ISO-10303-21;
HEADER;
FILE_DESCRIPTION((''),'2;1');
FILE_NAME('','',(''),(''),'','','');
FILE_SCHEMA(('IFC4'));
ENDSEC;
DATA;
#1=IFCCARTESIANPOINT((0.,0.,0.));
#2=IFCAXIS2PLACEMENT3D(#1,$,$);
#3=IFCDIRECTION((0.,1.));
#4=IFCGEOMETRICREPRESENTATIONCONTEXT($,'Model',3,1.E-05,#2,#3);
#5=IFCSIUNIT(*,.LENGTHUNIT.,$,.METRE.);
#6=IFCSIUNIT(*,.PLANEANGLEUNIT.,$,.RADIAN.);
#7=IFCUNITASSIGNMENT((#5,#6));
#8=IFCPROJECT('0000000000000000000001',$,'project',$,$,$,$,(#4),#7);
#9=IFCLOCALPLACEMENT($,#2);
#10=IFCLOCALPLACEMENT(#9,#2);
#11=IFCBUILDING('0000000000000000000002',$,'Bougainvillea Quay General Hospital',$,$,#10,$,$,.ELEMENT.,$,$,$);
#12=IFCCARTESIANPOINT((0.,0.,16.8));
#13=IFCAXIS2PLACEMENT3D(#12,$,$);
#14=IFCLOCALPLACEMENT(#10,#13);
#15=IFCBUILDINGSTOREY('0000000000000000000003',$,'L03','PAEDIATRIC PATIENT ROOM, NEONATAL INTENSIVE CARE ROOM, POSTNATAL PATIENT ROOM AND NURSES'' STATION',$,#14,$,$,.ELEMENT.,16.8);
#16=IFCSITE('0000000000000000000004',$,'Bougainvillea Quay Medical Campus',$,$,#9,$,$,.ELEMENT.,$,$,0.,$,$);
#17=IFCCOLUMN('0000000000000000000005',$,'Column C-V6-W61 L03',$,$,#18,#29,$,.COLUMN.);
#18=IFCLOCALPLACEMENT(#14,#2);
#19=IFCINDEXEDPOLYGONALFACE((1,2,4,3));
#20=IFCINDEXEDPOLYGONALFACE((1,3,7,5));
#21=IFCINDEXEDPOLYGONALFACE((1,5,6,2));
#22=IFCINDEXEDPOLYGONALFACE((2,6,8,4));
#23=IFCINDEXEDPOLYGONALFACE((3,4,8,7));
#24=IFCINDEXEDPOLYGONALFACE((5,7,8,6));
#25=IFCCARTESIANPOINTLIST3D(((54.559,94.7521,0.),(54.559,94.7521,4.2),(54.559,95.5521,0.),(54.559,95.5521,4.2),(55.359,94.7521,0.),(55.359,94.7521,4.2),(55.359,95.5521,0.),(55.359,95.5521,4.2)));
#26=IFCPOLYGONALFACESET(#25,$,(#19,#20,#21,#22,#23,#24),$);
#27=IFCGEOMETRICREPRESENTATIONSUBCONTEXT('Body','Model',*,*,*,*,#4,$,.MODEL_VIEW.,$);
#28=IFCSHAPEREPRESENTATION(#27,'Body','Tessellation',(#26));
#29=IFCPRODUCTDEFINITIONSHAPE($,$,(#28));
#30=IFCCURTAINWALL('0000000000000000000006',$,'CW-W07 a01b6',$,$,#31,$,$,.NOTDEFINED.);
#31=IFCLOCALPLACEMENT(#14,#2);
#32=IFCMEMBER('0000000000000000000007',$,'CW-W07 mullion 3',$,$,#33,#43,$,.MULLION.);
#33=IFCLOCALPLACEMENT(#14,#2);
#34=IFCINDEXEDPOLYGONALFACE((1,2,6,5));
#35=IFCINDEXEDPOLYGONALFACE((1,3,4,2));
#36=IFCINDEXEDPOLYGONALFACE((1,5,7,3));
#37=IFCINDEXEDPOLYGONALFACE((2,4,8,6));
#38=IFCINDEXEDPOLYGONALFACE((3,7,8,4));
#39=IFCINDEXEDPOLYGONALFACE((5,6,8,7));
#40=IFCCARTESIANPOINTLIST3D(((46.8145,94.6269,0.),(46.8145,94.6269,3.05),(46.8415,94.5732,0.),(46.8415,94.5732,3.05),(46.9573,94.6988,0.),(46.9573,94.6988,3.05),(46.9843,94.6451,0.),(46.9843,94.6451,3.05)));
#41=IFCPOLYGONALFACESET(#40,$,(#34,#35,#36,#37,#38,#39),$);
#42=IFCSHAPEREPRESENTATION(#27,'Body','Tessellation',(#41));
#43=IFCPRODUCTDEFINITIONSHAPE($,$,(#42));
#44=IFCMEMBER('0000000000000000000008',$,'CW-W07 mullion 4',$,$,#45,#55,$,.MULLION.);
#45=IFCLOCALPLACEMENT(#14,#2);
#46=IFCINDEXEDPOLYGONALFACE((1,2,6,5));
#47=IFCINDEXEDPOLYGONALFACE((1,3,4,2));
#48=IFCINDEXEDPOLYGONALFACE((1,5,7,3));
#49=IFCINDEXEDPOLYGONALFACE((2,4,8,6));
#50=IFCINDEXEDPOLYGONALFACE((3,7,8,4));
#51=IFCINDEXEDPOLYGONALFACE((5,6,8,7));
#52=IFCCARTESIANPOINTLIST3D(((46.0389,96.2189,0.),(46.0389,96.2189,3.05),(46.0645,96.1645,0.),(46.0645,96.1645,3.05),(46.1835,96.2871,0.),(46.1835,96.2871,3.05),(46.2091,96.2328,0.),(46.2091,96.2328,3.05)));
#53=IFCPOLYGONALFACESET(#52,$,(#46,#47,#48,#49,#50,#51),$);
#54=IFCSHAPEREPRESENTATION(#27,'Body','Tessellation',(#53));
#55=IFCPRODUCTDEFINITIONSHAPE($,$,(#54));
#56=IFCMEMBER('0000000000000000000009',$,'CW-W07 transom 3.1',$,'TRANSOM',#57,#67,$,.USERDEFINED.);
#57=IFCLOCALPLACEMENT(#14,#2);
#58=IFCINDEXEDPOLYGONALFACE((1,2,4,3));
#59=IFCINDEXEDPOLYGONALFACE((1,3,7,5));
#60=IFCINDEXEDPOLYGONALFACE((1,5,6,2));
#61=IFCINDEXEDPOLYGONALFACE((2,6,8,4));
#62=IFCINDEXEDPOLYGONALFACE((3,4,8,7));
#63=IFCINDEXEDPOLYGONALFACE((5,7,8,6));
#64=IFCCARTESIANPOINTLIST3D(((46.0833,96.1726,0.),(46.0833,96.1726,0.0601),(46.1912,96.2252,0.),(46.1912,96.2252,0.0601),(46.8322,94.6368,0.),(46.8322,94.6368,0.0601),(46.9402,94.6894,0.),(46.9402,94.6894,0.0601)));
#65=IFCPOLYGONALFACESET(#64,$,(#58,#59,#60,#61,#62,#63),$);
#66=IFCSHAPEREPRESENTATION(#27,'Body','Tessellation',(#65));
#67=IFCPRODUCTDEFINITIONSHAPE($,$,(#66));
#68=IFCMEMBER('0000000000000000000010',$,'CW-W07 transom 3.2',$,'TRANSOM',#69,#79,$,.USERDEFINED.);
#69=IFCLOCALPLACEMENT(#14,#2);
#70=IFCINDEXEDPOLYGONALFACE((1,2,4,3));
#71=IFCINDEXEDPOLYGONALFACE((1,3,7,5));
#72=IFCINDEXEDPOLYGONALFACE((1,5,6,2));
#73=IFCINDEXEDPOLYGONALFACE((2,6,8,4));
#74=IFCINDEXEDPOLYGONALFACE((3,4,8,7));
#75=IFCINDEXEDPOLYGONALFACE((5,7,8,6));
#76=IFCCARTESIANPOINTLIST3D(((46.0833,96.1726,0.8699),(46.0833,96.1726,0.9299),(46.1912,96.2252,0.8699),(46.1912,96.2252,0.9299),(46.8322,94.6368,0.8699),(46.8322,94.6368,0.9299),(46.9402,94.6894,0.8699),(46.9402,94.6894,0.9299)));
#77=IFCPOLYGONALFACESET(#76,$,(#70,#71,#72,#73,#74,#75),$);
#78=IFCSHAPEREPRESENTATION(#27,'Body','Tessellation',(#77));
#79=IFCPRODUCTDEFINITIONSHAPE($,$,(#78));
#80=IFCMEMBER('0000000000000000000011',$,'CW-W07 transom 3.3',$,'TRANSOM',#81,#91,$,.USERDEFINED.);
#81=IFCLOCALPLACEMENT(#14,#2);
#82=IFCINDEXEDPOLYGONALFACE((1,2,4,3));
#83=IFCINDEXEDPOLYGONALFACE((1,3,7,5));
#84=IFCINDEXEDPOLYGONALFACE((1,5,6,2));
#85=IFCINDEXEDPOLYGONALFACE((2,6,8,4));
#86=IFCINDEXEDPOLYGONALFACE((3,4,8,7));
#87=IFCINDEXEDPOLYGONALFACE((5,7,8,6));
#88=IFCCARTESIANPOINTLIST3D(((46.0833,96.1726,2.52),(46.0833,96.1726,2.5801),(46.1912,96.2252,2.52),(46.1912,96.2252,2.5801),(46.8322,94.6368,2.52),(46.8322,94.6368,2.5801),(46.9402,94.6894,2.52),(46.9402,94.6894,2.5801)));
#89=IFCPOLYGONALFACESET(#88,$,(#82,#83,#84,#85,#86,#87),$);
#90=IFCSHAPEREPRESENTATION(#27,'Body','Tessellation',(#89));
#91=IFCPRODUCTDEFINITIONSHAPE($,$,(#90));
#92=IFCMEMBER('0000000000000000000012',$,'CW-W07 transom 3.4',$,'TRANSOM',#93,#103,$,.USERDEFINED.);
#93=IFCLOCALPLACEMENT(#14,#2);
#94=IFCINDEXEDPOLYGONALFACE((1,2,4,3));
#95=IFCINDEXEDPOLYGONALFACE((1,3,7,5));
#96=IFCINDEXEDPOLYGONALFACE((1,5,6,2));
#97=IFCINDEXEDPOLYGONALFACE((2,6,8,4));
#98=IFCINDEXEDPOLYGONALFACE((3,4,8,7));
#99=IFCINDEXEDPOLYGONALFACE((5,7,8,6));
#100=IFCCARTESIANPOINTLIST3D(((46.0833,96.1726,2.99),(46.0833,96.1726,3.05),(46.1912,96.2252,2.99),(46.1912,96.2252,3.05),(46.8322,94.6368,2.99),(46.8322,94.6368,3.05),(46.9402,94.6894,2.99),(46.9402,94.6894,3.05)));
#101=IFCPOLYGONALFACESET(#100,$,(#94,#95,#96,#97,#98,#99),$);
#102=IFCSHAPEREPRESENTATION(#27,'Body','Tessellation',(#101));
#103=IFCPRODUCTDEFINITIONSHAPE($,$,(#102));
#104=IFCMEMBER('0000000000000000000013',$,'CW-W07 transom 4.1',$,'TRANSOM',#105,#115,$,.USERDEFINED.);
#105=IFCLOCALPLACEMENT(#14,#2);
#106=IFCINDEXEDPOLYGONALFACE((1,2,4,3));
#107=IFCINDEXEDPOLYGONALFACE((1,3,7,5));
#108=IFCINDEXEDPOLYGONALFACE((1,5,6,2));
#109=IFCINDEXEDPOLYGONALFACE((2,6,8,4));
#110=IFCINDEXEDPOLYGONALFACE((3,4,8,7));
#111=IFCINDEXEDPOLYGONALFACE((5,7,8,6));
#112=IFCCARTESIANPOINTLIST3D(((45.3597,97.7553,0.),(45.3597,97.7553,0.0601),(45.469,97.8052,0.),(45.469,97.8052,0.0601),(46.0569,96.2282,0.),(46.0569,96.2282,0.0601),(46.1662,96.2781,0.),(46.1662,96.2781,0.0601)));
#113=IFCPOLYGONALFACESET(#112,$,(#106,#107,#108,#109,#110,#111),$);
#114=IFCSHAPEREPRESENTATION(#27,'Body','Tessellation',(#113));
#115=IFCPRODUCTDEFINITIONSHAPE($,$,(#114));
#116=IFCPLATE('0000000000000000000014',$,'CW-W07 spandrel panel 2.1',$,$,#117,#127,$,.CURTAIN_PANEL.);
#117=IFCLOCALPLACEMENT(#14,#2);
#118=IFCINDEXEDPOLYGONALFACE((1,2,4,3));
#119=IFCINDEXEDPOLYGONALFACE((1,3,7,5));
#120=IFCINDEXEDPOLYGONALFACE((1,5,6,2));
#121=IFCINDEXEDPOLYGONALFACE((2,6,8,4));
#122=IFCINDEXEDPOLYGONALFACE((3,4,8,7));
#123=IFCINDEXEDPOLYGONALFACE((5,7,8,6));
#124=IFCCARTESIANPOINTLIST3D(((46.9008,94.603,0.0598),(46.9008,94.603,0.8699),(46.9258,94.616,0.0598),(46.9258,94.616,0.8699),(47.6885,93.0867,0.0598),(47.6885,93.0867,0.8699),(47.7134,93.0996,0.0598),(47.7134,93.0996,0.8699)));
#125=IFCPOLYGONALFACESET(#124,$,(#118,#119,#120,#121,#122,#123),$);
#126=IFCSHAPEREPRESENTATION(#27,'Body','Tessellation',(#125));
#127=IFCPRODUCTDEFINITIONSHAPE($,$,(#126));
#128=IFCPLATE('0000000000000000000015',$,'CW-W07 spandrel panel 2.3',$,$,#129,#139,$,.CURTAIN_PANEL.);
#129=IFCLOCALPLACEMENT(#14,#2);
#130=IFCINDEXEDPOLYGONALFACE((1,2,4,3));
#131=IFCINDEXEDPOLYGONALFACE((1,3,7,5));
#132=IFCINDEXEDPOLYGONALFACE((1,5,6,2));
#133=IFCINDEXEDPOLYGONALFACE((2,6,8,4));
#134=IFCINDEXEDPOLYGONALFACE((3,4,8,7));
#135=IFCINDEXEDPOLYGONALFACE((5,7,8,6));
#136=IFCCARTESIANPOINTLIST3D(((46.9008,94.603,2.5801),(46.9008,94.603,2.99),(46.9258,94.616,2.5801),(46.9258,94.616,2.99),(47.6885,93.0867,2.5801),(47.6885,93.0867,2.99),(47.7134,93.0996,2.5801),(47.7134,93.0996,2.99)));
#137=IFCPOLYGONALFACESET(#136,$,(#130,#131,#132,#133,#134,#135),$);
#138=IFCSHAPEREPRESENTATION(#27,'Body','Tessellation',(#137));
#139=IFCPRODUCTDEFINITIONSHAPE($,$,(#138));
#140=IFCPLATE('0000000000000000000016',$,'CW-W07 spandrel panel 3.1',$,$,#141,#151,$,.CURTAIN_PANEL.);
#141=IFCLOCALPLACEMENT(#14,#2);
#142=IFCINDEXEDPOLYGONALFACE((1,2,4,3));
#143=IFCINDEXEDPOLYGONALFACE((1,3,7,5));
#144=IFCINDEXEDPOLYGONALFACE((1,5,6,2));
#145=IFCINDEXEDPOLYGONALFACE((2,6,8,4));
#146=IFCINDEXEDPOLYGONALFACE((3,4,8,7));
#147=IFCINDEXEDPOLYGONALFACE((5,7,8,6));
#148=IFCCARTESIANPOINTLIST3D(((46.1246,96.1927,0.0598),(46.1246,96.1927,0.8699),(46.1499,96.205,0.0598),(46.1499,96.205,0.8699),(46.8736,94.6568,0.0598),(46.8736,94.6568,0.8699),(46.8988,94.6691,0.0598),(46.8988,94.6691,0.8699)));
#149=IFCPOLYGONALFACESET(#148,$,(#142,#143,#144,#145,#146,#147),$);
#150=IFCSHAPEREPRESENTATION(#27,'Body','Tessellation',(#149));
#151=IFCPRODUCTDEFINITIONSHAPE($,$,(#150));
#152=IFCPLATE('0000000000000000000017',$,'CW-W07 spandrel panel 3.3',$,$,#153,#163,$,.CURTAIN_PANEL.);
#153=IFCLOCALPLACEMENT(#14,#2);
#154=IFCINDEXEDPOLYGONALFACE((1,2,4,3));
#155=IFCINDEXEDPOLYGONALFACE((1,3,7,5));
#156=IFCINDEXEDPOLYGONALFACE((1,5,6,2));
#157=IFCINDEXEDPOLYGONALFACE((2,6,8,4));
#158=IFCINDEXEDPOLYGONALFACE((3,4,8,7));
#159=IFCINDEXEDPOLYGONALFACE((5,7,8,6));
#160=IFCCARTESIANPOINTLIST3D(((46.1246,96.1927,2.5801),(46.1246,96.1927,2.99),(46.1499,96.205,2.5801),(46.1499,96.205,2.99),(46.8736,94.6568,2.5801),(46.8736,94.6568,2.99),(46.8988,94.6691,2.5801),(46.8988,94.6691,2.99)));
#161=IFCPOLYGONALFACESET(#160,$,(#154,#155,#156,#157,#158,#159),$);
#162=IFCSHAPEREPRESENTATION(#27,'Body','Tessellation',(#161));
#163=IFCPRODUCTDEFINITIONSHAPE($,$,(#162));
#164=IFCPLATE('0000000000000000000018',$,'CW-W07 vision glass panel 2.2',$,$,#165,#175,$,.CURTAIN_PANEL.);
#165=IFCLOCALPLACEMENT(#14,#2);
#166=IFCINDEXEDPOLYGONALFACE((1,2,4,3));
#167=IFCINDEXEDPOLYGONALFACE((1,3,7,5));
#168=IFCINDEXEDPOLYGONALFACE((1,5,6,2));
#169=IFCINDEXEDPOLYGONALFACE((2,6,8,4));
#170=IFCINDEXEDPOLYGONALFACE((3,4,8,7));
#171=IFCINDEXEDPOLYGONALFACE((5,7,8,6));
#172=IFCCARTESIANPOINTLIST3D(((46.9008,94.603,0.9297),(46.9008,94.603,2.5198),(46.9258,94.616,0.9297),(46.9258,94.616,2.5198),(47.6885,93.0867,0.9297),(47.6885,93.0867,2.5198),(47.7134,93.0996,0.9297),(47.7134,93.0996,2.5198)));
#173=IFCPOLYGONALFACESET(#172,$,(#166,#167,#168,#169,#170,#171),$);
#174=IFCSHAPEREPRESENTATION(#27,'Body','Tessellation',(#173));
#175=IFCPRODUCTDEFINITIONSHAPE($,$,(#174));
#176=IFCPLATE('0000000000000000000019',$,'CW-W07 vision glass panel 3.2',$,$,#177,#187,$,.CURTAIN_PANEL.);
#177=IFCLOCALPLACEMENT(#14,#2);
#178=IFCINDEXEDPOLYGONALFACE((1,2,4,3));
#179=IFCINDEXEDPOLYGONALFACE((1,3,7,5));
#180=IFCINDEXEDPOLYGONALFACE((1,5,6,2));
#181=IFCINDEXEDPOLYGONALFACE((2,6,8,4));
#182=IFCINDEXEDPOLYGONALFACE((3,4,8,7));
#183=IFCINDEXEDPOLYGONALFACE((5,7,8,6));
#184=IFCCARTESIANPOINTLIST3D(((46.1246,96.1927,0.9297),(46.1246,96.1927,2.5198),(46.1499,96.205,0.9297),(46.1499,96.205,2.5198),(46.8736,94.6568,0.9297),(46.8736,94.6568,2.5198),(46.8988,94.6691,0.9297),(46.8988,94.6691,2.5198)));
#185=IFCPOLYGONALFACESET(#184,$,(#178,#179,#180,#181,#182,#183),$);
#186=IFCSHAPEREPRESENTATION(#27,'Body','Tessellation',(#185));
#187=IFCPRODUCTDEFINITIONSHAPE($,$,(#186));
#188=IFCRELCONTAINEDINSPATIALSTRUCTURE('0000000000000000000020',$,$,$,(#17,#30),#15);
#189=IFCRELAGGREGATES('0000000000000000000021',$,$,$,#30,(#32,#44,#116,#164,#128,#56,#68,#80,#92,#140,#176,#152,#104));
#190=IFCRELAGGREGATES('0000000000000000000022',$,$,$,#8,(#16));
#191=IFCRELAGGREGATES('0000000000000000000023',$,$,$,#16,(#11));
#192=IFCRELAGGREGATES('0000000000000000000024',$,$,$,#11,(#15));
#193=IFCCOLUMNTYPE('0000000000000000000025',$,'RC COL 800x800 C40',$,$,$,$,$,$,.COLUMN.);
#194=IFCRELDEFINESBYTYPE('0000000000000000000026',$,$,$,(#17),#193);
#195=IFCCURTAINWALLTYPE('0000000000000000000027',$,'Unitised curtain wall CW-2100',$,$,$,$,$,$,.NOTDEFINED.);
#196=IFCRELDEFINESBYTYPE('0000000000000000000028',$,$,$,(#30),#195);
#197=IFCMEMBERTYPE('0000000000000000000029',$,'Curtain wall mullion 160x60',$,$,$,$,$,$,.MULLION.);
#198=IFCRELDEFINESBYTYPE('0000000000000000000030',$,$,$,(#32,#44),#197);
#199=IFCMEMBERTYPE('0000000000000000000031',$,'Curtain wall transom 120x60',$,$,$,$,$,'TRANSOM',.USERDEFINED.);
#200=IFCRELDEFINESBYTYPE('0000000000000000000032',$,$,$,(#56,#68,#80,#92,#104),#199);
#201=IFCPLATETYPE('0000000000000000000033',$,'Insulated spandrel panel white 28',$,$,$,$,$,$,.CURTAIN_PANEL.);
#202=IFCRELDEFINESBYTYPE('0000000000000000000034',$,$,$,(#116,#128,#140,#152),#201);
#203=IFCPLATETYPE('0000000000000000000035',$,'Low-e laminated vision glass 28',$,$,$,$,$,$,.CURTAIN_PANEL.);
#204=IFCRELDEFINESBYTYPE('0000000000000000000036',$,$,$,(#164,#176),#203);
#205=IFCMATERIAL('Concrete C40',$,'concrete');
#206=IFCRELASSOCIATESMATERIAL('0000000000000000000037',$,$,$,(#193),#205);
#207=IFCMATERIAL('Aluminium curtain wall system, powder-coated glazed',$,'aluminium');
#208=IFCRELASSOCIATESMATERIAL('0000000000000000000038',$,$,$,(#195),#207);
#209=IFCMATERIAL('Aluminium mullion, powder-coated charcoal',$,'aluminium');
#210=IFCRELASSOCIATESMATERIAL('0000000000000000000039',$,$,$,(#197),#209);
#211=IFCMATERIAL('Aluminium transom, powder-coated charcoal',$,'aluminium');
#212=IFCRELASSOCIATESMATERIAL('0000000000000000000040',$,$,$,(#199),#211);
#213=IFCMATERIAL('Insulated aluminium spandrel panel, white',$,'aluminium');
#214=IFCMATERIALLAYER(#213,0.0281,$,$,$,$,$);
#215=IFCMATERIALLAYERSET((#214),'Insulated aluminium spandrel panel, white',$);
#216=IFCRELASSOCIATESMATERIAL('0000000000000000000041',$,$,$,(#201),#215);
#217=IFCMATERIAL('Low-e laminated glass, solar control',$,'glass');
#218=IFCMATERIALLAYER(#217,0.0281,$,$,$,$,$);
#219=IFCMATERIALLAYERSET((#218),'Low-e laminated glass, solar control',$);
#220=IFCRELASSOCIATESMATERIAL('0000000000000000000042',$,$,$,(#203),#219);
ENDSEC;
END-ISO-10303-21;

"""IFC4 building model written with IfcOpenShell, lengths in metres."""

from ifc_helpers import new_model, si_unit, direction, frame, origin, origin_2d, place, context, subcontext, project, spatial, rectangle, extrude, material, layer, layer_set, material_profile, profile_set, type_object, element, aggregate, save


model = new_model("IFC4")

# Units and contexts
model_context = context("Model", 3, precision=1e-05, world=origin(), true_north=direction((0.0, 1.0)))
body_context = subcontext(model_context, "Body", "Model", "MODEL_VIEW")
ifc_project = project(units=[si_unit("LENGTHUNIT", "METRE"), si_unit("PLANEANGLEUNIT", "RADIAN")], contexts=[model_context])

# Site, building, storey
site_placement = place(None, origin())
site = spatial("IfcSite", under=ifc_project, at=site_placement, Name="Bougainvillea Quay Medical Campus", CompositionType="ELEMENT", RefElevation=0.0)
building_placement = place(site_placement, origin())
building = spatial("IfcBuilding", under=site, at=building_placement, Name="Bougainvillea Quay General Hospital", CompositionType="ELEMENT")
storey_placement = place(building_placement, frame((0.0, 0.0, 16.8)))
storey = spatial("IfcBuildingStorey", under=building, at=storey_placement, Name="L03", Description="PAEDIATRIC PATIENT ROOM, NEONATAL INTENSIVE CARE ROOM, POSTNATAL PATIENT ROOM AND NURSES' STATION", CompositionType="ELEMENT", Elevation=16.8)

# Column
ifc_material_1 = material(Name="Concrete C40", Category="concrete")
ifc_material_profile_1 = material_profile(ifc_material_1, rectangle(XDim=0.8, YDim=0.8, at=origin_2d()))
ifc_profile_set_1 = profile_set([ifc_material_profile_1], Name="Concrete C40")
column_type = type_object("IfcColumnType", Name="RC COL 800x800 C40", PredefinedType="COLUMN", material=ifc_profile_set_1)
column_placement = place(storey_placement, frame((54.959, 95.1521, 0.0), z_axis=(0.0, 0.0, 1.0), x_axis=(1.0, 0.0, 0.0)))
element("IfcColumn", 1, at=column_placement, inside=storey, type_object=column_type, Name="Column C-V6-W61 L03", PredefinedType="COLUMN", context=body_context, shape_type="SweptSolid", body=[
    extrude(rectangle(XDim=0.8, YDim=0.8, at=origin_2d()), origin(), (0.0, 0.0, 1.0), 4.2),
])

# Curtain wall, members, plates
ifc_material_2 = material(Name="Aluminium curtain wall system, powder-coated glazed", Category="aluminium")
curtain_wall_type = type_object("IfcCurtainWallType", Name="Unitised curtain wall CW-2100", PredefinedType="NOTDEFINED", material=ifc_material_2)
curtain_wall_placement = place(storey_placement, origin())
curtain_wall = element("IfcCurtainWall", 2, at=curtain_wall_placement, inside=storey, type_object=curtain_wall_type, Name="CW-W07 a01b6", PredefinedType="NOTDEFINED")
ifc_material_3 = material(Name="Aluminium mullion, powder-coated charcoal", Category="aluminium")
ifc_material_profile_2 = material_profile(ifc_material_3, rectangle(XDim=0.1599, YDim=0.0601, at=origin_2d()))
ifc_profile_set_2 = profile_set([ifc_material_profile_2], Name="Aluminium mullion, powder-coated charcoal")
member_type_1 = type_object("IfcMemberType", Name="Curtain wall mullion 160x60", PredefinedType="MULLION", material=ifc_profile_set_2)
member_1_placement = place(storey_placement, frame((46.8994, 94.636, 0.0), z_axis=(0.0, 0.0, 1.0), x_axis=(-0.893199, -0.449662, 0.0)))
member_1 = element("IfcMember", 3, at=member_1_placement, type_object=member_type_1, Name="CW-W07 mullion 3", PredefinedType="MULLION", context=body_context, shape_type="SweptSolid", body=[
    extrude(rectangle(XDim=0.1599, YDim=0.0601, at=origin_2d()), origin(), (0.0, 0.0, 1.0), 3.05),
])
member_2_placement = place(storey_placement, frame((46.124, 96.2258, 0.0), z_axis=(0.0, 0.0, 1.0), x_axis=(-0.904314, -0.426869, 0.0)))
member_2 = element("IfcMember", 4, at=member_2_placement, type_object=member_type_1, Name="CW-W07 mullion 4", PredefinedType="MULLION", context=body_context, shape_type="SweptSolid", body=[
    extrude(rectangle(XDim=0.1599, YDim=0.0601, at=origin_2d()), origin(), (0.0, 0.0, 1.0), 3.05),
])
ifc_material_4 = material(Name="Aluminium transom, powder-coated charcoal", Category="aluminium")
ifc_material_profile_3 = material_profile(ifc_material_4, rectangle(XDim=0.1201, YDim=0.0601, at=origin_2d()))
ifc_profile_set_3 = profile_set([ifc_material_profile_3], Name="Aluminium transom, powder-coated charcoal")
member_type_2 = type_object("IfcMemberType", Name="Curtain wall transom 120x60", ElementType="TRANSOM", PredefinedType="USERDEFINED", material=ifc_profile_set_3)
member_3_placement = place(storey_placement, frame((46.8862, 94.6631, 0.03), z_axis=(-0.438334, 0.898812, 0.0), x_axis=(-0.898812, -0.438334, 0.0)))
member_3 = element("IfcMember", 5, at=member_3_placement, type_object=member_type_2, Name="CW-W07 transom 3.1", ObjectType="TRANSOM", PredefinedType="USERDEFINED", context=body_context, shape_type="SweptSolid", body=[
    extrude(rectangle(XDim=0.1201, YDim=0.0601, at=origin_2d()), origin(), (0.0, 0.0, 1.0), 1.7087),
])
member_4_placement = place(storey_placement, frame((46.8862, 94.6631, 0.8999), z_axis=(-0.438334, 0.898812, 0.0), x_axis=(-0.898812, -0.438334, 0.0)))
member_4 = element("IfcMember", 6, at=member_4_placement, type_object=member_type_2, Name="CW-W07 transom 3.2", ObjectType="TRANSOM", PredefinedType="USERDEFINED", context=body_context, shape_type="SweptSolid", body=[
    extrude(rectangle(XDim=0.1201, YDim=0.0601, at=origin_2d()), origin(), (0.0, 0.0, 1.0), 1.7087),
])
member_5_placement = place(storey_placement, frame((46.8862, 94.6631, 2.55), z_axis=(-0.438334, 0.898812, 0.0), x_axis=(-0.898812, -0.438334, 0.0)))
member_5 = element("IfcMember", 7, at=member_5_placement, type_object=member_type_2, Name="CW-W07 transom 3.3", ObjectType="TRANSOM", PredefinedType="USERDEFINED", context=body_context, shape_type="SweptSolid", body=[
    extrude(rectangle(XDim=0.1201, YDim=0.0601, at=origin_2d()), origin(), (0.0, 0.0, 1.0), 1.7087),
])
member_6_placement = place(storey_placement, frame((46.8862, 94.6631, 3.02), z_axis=(-0.438334, 0.898812, 0.0), x_axis=(-0.898812, -0.438334, 0.0)))
member_6 = element("IfcMember", 8, at=member_6_placement, type_object=member_type_2, Name="CW-W07 transom 3.4", ObjectType="TRANSOM", PredefinedType="USERDEFINED", context=body_context, shape_type="SweptSolid", body=[
    extrude(rectangle(XDim=0.1201, YDim=0.0601, at=origin_2d()), origin(), (0.0, 0.0, 1.0), 1.7087),
])
member_7_placement = place(storey_placement, frame((46.1116, 96.2532, 0.03), z_axis=(-0.415347, 0.909663, 0.0), x_axis=(-0.909663, -0.415347, 0.0)))
member_7 = element("IfcMember", 9, at=member_7_placement, type_object=member_type_2, Name="CW-W07 transom 4.1", ObjectType="TRANSOM", PredefinedType="USERDEFINED", context=body_context, shape_type="SweptSolid", body=[
    extrude(rectangle(XDim=0.1201, YDim=0.0601, at=origin_2d()), origin(), (0.0, 0.0, 1.0), 1.6787),
])
ifc_material_5 = material(Name="Insulated aluminium spandrel panel, white", Category="aluminium")
ifc_layer_1 = layer(ifc_material_5, 0.0281)
ifc_layer_set_1 = layer_set([ifc_layer_1], Name="Insulated aluminium spandrel panel, white")
plate_type_1 = type_object("IfcPlateType", Name="Insulated spandrel panel white 28", PredefinedType="CURTAIN_PANEL", material=ifc_layer_set_1)
plate_1_placement = place(storey_placement, frame((47.3071, 93.8513, 0.0598), z_axis=(0.0, 0.0, 1.0), x_axis=(-0.460951, 0.887426, 0.0)))
plate_1 = element("IfcPlate", 10, at=plate_1_placement, type_object=plate_type_1, Name="CW-W07 spandrel panel 2.1", PredefinedType="CURTAIN_PANEL", context=body_context, shape_type="SweptSolid", body=[
    extrude(rectangle(XDim=1.7087, YDim=0.0281, at=origin_2d()), origin(), (0.0, 0.0, 1.0), 0.8101),
])
plate_2_placement = place(storey_placement, frame((47.3071, 93.8513, 2.5801), z_axis=(0.0, 0.0, 1.0), x_axis=(-0.460951, 0.887426, 0.0)))
plate_2 = element("IfcPlate", 11, at=plate_2_placement, type_object=plate_type_1, Name="CW-W07 spandrel panel 2.3", PredefinedType="CURTAIN_PANEL", context=body_context, shape_type="SweptSolid", body=[
    extrude(rectangle(XDim=1.7087, YDim=0.0281, at=origin_2d()), origin(), (0.0, 0.0, 1.0), 0.4099),
])
plate_3_placement = place(storey_placement, frame((46.5117, 95.4309, 0.0598), z_axis=(0.0, 0.0, 1.0), x_axis=(-0.438301, 0.898828, 0.0)))
plate_3 = element("IfcPlate", 12, at=plate_3_placement, type_object=plate_type_1, Name="CW-W07 spandrel panel 3.1", PredefinedType="CURTAIN_PANEL", context=body_context, shape_type="SweptSolid", body=[
    extrude(rectangle(XDim=1.7087, YDim=0.0281, at=origin_2d()), origin(), (0.0, 0.0, 1.0), 0.8101),
])
plate_4_placement = place(storey_placement, frame((46.5117, 95.4309, 2.5801), z_axis=(0.0, 0.0, 1.0), x_axis=(-0.438301, 0.898828, 0.0)))
plate_4 = element("IfcPlate", 13, at=plate_4_placement, type_object=plate_type_1, Name="CW-W07 spandrel panel 3.3", PredefinedType="CURTAIN_PANEL", context=body_context, shape_type="SweptSolid", body=[
    extrude(rectangle(XDim=1.7087, YDim=0.0281, at=origin_2d()), origin(), (0.0, 0.0, 1.0), 0.4099),
])
ifc_material_6 = material(Name="Low-e laminated glass, solar control", Category="glass")
ifc_layer_2 = layer(ifc_material_6, 0.0281)
ifc_layer_set_2 = layer_set([ifc_layer_2], Name="Low-e laminated glass, solar control")
plate_type_2 = type_object("IfcPlateType", Name="Low-e laminated vision glass 28", PredefinedType="CURTAIN_PANEL", material=ifc_layer_set_2)
plate_5_placement = place(storey_placement, frame((47.3071, 93.8513, 0.9297), z_axis=(0.0, 0.0, 1.0), x_axis=(-0.460951, 0.887426, 0.0)))
plate_5 = element("IfcPlate", 14, at=plate_5_placement, type_object=plate_type_2, Name="CW-W07 vision glass panel 2.2", PredefinedType="CURTAIN_PANEL", context=body_context, shape_type="SweptSolid", body=[
    extrude(rectangle(XDim=1.7087, YDim=0.0281, at=origin_2d()), origin(), (0.0, 0.0, 1.0), 1.5901),
])
plate_6_placement = place(storey_placement, frame((46.5117, 95.4309, 0.9297), z_axis=(0.0, 0.0, 1.0), x_axis=(-0.438301, 0.898828, 0.0)))
plate_6 = element("IfcPlate", 15, at=plate_6_placement, type_object=plate_type_2, Name="CW-W07 vision glass panel 3.2", PredefinedType="CURTAIN_PANEL", context=body_context, shape_type="SweptSolid", body=[
    extrude(rectangle(XDim=1.7087, YDim=0.0281, at=origin_2d()), origin(), (0.0, 0.0, 1.0), 1.5901),
])
aggregate(curtain_wall, [member_1, member_2, plate_1, plate_5, plate_2, member_3, member_4, member_5, member_6, plate_3, plate_6, plate_4, member_7])

save(model, "model.ifc")
